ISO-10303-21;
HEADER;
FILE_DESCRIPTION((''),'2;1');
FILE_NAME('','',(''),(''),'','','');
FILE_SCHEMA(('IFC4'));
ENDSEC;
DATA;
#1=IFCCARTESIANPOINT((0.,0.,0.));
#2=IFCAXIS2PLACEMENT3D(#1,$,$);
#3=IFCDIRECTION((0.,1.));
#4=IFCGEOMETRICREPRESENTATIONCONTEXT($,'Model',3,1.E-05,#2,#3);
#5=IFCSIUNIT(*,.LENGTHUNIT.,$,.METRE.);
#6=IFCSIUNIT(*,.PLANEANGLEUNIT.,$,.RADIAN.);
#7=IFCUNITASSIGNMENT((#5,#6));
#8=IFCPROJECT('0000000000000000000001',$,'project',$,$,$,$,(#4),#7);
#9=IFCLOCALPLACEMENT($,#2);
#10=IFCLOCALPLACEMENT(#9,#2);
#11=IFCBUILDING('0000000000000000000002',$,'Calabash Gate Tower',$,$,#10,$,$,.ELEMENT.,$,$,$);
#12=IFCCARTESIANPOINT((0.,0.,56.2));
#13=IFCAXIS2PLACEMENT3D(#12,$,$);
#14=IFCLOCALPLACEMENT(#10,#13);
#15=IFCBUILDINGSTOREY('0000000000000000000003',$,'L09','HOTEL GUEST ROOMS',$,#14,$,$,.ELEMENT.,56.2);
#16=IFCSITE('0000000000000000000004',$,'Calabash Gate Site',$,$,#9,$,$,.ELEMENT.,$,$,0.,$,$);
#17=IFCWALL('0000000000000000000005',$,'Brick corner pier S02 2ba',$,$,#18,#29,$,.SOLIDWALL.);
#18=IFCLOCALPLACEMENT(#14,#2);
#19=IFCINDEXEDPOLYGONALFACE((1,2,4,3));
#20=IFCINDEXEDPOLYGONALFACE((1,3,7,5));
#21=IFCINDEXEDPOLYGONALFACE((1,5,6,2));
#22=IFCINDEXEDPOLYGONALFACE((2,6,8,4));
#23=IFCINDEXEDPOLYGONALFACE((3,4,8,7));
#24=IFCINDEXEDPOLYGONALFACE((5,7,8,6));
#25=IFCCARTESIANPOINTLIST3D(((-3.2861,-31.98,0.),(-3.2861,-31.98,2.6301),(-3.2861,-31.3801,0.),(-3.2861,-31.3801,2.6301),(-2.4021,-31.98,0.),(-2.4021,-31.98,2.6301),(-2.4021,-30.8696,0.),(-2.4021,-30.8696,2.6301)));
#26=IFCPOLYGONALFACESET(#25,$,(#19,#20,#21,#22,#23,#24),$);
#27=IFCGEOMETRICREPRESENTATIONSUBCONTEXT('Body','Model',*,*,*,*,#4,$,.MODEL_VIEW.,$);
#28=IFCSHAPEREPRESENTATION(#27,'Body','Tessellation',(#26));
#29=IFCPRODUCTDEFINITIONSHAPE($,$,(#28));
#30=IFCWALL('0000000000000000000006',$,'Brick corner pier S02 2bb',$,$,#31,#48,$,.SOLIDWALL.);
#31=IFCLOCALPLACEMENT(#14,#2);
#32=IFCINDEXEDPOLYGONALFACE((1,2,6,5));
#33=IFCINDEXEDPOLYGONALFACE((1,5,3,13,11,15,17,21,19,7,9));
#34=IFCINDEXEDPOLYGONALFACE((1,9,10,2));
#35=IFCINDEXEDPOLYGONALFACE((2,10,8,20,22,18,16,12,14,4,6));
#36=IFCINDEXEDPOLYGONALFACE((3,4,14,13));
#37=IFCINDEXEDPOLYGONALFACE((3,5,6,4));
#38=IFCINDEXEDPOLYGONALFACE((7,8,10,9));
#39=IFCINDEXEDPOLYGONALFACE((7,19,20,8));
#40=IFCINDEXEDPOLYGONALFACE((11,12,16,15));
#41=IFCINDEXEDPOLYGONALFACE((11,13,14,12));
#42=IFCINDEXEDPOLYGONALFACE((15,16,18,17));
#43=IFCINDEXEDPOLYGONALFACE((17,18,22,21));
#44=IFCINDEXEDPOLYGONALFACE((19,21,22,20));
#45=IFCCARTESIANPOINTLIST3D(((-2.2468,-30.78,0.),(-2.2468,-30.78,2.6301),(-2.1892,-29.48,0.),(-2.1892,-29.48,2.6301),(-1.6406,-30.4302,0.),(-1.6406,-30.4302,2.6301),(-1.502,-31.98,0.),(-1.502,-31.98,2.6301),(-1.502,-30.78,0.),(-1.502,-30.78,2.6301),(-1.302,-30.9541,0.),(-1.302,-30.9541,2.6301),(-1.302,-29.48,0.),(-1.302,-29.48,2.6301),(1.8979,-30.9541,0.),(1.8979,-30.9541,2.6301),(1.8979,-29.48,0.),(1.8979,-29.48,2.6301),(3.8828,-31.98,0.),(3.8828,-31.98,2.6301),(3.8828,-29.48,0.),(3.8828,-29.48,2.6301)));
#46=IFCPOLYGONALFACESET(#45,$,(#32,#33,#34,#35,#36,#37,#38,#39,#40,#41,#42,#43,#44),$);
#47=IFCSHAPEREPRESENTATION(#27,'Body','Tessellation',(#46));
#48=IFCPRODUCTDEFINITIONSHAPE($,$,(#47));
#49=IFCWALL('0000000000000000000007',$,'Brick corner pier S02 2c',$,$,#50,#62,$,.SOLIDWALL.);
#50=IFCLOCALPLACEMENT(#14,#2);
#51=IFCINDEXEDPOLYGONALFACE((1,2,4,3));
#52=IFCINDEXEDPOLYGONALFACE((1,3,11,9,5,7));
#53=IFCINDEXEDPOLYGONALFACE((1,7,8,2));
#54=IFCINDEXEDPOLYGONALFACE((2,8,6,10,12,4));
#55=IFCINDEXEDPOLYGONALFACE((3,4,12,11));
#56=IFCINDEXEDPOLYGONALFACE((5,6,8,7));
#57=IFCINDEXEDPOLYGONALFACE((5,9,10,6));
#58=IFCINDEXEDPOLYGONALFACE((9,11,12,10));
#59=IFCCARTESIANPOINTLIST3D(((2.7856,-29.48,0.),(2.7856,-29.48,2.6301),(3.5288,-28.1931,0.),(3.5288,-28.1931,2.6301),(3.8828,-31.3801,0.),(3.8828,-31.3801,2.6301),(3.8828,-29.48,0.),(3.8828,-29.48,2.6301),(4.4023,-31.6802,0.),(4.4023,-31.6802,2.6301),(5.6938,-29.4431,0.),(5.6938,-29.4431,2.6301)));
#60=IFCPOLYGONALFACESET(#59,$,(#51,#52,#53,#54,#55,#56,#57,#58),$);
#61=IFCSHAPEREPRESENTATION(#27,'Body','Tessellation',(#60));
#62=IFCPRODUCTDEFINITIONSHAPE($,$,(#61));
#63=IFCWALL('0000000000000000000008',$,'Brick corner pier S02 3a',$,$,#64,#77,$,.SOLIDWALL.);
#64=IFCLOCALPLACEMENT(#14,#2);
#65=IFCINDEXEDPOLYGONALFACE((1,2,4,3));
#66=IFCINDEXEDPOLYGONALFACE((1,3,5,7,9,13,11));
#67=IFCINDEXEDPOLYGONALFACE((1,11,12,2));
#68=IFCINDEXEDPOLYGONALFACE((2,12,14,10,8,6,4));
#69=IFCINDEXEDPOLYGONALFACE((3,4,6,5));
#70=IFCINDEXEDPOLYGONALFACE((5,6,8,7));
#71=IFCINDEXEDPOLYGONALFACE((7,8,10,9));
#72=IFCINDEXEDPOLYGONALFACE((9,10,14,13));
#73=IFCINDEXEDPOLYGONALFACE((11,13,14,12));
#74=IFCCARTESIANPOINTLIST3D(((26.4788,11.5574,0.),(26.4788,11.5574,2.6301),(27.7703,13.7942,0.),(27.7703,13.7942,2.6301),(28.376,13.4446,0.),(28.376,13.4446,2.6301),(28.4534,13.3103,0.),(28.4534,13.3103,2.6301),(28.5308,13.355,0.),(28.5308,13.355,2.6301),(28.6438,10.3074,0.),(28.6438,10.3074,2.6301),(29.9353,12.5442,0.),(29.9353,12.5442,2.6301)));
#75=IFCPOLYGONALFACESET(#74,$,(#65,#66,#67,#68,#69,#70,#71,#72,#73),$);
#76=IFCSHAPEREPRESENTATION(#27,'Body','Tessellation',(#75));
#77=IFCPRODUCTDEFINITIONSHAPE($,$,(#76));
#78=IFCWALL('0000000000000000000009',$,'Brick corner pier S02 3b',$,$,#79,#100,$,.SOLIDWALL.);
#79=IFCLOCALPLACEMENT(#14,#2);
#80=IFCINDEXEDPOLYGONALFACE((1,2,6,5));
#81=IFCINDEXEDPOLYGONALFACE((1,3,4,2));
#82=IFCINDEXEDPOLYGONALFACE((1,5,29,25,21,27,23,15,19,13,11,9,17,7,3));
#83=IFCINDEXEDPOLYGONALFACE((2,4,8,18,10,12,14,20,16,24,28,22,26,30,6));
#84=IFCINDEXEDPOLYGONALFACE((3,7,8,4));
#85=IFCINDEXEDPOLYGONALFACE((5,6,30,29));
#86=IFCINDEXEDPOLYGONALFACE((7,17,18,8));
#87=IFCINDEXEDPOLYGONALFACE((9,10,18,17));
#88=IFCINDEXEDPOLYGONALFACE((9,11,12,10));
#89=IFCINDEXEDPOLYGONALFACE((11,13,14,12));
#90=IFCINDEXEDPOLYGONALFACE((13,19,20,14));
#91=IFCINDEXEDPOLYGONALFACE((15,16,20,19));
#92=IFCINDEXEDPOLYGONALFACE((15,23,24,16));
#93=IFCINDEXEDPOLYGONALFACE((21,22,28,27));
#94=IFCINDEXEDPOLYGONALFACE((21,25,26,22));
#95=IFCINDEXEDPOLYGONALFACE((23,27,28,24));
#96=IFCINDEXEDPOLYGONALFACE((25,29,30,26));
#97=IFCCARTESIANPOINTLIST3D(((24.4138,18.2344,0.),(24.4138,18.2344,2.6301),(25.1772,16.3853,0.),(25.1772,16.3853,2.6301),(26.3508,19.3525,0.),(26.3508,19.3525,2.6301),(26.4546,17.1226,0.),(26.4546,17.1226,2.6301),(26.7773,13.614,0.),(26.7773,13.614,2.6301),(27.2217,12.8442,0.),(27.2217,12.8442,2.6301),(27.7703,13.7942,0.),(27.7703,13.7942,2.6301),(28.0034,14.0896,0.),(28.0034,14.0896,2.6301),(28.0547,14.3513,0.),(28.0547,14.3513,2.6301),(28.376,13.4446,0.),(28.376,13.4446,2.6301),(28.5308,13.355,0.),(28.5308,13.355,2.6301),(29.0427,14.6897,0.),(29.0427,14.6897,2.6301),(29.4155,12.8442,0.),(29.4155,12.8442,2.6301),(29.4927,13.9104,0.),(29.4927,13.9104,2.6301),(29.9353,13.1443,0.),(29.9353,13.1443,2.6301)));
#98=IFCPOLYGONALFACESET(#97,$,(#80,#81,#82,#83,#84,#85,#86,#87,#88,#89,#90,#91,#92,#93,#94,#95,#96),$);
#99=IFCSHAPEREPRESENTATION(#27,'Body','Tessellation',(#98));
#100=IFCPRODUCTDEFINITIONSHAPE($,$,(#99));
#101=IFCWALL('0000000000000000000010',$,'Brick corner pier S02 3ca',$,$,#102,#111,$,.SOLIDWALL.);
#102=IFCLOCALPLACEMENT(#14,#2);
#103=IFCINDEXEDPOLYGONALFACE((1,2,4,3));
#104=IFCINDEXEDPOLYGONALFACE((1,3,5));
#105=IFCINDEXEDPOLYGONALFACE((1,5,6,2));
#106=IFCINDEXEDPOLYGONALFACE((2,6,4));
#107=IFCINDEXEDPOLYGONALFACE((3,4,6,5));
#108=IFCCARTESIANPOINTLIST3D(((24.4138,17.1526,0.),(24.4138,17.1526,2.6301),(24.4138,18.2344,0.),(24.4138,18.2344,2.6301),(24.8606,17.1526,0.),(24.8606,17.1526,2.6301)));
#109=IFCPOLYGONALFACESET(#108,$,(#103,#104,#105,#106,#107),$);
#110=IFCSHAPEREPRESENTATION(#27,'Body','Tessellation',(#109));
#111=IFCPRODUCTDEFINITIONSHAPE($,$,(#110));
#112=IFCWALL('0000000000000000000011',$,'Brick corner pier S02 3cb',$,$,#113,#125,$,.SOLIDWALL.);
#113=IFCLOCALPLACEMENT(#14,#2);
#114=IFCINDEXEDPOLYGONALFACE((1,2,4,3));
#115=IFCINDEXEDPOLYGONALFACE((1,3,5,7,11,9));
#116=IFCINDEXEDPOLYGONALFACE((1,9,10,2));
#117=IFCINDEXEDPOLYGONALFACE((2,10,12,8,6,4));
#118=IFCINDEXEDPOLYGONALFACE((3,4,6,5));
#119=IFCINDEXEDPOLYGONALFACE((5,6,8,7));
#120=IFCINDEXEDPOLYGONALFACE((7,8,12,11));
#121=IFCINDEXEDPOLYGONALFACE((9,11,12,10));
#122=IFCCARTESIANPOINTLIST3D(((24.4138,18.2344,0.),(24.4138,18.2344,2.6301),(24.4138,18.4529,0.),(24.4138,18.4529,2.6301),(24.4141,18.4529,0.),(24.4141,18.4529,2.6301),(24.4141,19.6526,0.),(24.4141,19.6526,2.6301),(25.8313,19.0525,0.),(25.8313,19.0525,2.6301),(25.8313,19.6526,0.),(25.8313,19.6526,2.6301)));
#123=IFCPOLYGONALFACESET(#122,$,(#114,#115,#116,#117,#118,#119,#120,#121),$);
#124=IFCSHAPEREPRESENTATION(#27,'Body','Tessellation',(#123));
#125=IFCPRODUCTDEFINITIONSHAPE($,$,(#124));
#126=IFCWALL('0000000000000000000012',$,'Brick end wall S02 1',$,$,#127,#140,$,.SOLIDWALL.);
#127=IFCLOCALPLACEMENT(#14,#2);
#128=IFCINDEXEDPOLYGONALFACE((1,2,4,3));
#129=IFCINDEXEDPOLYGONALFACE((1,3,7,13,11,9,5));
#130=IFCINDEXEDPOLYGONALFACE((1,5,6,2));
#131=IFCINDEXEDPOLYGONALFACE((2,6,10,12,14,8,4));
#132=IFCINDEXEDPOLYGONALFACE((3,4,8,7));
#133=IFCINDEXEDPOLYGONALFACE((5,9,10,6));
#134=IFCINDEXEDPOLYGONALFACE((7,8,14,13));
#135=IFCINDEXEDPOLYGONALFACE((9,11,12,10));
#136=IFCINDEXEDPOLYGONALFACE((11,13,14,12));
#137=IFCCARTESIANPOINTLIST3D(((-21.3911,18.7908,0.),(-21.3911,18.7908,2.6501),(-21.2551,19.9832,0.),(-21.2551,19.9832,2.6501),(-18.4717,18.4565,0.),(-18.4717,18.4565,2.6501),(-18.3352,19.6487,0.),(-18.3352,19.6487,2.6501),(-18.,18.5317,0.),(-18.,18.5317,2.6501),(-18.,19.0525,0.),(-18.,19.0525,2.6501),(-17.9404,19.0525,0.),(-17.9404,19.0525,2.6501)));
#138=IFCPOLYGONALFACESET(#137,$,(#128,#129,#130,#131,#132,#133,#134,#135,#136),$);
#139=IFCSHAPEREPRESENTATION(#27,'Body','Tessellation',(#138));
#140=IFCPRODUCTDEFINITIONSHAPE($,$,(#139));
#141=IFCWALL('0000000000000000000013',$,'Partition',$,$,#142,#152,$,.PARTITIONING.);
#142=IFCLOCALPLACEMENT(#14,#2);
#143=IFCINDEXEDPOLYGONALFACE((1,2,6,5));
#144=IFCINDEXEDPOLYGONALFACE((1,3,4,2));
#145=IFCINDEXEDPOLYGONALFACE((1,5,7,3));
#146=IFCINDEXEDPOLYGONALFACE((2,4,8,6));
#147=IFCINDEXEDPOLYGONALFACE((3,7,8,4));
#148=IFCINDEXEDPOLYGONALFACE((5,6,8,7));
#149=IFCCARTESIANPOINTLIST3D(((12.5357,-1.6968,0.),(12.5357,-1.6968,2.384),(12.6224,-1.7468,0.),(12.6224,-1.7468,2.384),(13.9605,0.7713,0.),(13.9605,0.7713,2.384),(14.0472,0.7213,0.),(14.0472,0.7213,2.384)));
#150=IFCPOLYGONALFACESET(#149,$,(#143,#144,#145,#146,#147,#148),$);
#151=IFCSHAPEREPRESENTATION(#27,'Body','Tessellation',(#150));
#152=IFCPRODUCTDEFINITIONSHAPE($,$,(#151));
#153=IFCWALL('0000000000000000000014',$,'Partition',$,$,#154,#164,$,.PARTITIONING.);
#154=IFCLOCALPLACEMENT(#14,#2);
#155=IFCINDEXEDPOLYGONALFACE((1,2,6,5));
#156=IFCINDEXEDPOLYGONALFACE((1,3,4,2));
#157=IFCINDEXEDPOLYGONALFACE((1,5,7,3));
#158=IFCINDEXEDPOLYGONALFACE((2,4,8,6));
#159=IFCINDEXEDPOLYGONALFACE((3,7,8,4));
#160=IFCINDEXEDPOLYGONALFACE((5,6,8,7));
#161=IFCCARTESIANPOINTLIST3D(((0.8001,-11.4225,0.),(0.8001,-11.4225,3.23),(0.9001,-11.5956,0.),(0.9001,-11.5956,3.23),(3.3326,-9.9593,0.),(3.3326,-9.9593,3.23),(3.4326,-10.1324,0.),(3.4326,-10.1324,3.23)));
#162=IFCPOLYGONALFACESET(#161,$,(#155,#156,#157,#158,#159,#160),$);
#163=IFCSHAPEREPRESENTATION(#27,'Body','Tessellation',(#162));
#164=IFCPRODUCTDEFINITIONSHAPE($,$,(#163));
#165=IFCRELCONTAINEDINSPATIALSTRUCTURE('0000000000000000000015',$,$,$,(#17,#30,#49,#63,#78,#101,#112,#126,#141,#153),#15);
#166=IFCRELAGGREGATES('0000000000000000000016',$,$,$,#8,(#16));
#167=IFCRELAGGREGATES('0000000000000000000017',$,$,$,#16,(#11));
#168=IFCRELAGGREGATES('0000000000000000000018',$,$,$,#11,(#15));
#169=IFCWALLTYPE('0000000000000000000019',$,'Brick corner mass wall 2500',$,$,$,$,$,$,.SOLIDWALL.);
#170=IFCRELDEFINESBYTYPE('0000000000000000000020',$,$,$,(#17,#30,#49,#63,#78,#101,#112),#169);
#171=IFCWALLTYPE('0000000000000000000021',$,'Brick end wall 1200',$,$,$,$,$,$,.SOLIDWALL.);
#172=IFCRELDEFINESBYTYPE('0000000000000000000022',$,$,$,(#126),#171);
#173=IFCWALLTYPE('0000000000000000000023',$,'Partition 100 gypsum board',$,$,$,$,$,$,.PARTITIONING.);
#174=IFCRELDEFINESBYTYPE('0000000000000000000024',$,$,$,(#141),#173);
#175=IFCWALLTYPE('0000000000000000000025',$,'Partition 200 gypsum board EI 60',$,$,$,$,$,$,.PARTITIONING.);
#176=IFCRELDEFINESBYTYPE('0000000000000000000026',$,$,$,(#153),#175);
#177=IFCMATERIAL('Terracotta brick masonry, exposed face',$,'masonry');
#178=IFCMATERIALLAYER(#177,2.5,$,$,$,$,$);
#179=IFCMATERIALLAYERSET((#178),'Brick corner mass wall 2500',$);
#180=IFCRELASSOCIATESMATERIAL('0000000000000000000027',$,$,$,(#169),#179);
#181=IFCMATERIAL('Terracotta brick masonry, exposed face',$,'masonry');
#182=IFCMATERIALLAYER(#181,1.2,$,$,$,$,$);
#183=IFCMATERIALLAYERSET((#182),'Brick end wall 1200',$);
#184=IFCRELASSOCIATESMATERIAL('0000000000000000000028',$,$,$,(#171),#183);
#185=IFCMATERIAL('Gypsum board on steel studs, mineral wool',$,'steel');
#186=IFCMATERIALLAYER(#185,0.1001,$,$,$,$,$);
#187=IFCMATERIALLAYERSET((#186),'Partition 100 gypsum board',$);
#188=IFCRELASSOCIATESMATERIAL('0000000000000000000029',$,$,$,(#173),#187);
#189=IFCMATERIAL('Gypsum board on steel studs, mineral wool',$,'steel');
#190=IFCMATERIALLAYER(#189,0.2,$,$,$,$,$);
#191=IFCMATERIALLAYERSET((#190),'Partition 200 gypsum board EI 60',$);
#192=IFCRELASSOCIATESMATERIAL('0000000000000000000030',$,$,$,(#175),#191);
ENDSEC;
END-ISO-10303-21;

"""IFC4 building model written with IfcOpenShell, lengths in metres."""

from ifc_helpers import new_model, si_unit, direction, frame, frame_2d, origin, place, context, subcontext, project, spatial, polyline, rectangle, outline, extrude, material, layer, layer_set, type_object, element, save


model = new_model("IFC4")

# Units and contexts
model_context = context("Model", 3, precision=1e-05, world=origin(), true_north=direction((0.0, 1.0)))
body_context = subcontext(model_context, "Body", "Model", "MODEL_VIEW")
ifc_project = project(units=[si_unit("LENGTHUNIT", "METRE"), si_unit("PLANEANGLEUNIT", "RADIAN")], contexts=[model_context])

# Site, building, storey
site_placement = place(None, origin())
site = spatial("IfcSite", under=ifc_project, at=site_placement, Name="Calabash Gate Site", CompositionType="ELEMENT", RefElevation=0.0)
building_placement = place(site_placement, origin())
building = spatial("IfcBuilding", under=site, at=building_placement, Name="Calabash Gate Tower", CompositionType="ELEMENT")
storey_placement = place(building_placement, frame((0.0, 0.0, 56.2)))
storey = spatial("IfcBuildingStorey", under=building, at=storey_placement, Name="L09", Description="HOTEL GUEST ROOMS", CompositionType="ELEMENT", Elevation=56.2)

# Walls
ifc_material_1 = material(Name="Terracotta brick masonry, exposed face", Category="masonry")
ifc_layer_1 = layer(ifc_material_1, 2.5)
ifc_layer_set_1 = layer_set([ifc_layer_1], Name="Brick corner mass wall 2500")
wall_type_1 = type_object("IfcWallType", Name="Brick corner mass wall 2500", PredefinedType="SOLIDWALL", material=ifc_layer_set_1)
wall_1_placement = place(storey_placement, origin())
element("IfcWall", 1, at=wall_1_placement, inside=storey, type_object=wall_type_1, Name="Brick corner pier S02 2ba", PredefinedType="SOLIDWALL", context=body_context, shape_type="SweptSolid", body=[
    extrude(outline(polyline([(-3.2861, -31.3801), (-3.2861, -31.98), (-2.4021, -31.98), (-2.4021, -30.8696), (-3.2861, -31.3801)])), origin(), (0.0, 0.0, 1.0), 2.6301),
])
wall_2_placement = place(storey_placement, origin())
element("IfcWall", 2, at=wall_2_placement, inside=storey, type_object=wall_type_1, Name="Brick corner pier S02 2bb", PredefinedType="SOLIDWALL", context=body_context, shape_type="SweptSolid", body=[
    extrude(outline(polyline([(-1.502, -30.78), (-1.502, -31.98), (3.8828, -31.98), (3.8828, -29.48), (1.8979, -29.48), (1.8979, -30.9541), (-1.302, -30.9541), (-1.302, -29.48), (-2.1892, -29.48), (-1.6406, -30.4302), (-2.2468, -30.78), (-1.502, -30.78)])), origin(), (0.0, 0.0, 1.0), 2.6301),
])
wall_3_placement = place(storey_placement, origin())
element("IfcWall", 3, at=wall_3_placement, inside=storey, type_object=wall_type_1, Name="Brick corner pier S02 2c", PredefinedType="SOLIDWALL", context=body_context, shape_type="SweptSolid", body=[
    extrude(outline(polyline([(5.6938, -29.4431), (3.5288, -28.1931), (2.7856, -29.48), (3.8828, -29.48), (3.8828, -31.3801), (4.4023, -31.6802), (5.6938, -29.4431)])), origin(), (0.0, 0.0, 1.0), 2.6301),
])
wall_4_placement = place(storey_placement, origin())
element("IfcWall", 4, at=wall_4_placement, inside=storey, type_object=wall_type_1, Name="Brick corner pier S02 3a", PredefinedType="SOLIDWALL", context=body_context, shape_type="SweptSolid", body=[
    extrude(outline(polyline([(26.4788, 11.5574), (28.6438, 10.3074), (29.9353, 12.5442), (28.5308, 13.355), (28.4534, 13.3103), (28.376, 13.4446), (27.7703, 13.7942), (26.4788, 11.5574)])), origin(), (0.0, 0.0, 1.0), 2.6301),
])
wall_5_placement = place(storey_placement, origin())
element("IfcWall", 5, at=wall_5_placement, inside=storey, type_object=wall_type_1, Name="Brick corner pier S02 3b", PredefinedType="SOLIDWALL", context=body_context, shape_type="SweptSolid", body=[
    extrude(outline(polyline([(27.2217, 12.8442), (27.7703, 13.7942), (28.376, 13.4446), (28.0034, 14.0896), (29.0427, 14.6897), (29.4927, 13.9104), (28.5308, 13.355), (29.4155, 12.8442), (29.9353, 13.1443), (26.3508, 19.3525), (24.4138, 18.2344), (25.1772, 16.3853), (26.4546, 17.1226), (28.0547, 14.3513), (26.7773, 13.614), (27.2217, 12.8442)])), origin(), (0.0, 0.0, 1.0), 2.6301),
])
wall_6_placement = place(storey_placement, origin())
element("IfcWall", 6, at=wall_6_placement, inside=storey, type_object=wall_type_1, Name="Brick corner pier S02 3ca", PredefinedType="SOLIDWALL", context=body_context, shape_type="SweptSolid", body=[
    extrude(outline(polyline([(24.4138, 17.1526), (24.8606, 17.1526), (24.4138, 18.2344), (24.4138, 17.1526)])), origin(), (0.0, 0.0, 1.0), 2.6301),
])
wall_7_placement = place(storey_placement, origin())
element("IfcWall", 7, at=wall_7_placement, inside=storey, type_object=wall_type_1, Name="Brick corner pier S02 3cb", PredefinedType="SOLIDWALL", context=body_context, shape_type="SweptSolid", body=[
    extrude(outline(polyline([(24.4141, 19.6526), (24.4141, 18.4529), (24.4138, 18.4529), (24.4138, 18.2344), (25.8313, 19.0525), (25.8313, 19.6526), (24.4141, 19.6526)])), origin(), (0.0, 0.0, 1.0), 2.6301),
])
ifc_material_2 = material(Name="Terracotta brick masonry, exposed face", Category="masonry")
ifc_layer_2 = layer(ifc_material_2, 1.2)
ifc_layer_set_2 = layer_set([ifc_layer_2], Name="Brick end wall 1200")
wall_type_2 = type_object("IfcWallType", Name="Brick end wall 1200", PredefinedType="SOLIDWALL", material=ifc_layer_set_2)
wall_8_placement = place(storey_placement, origin())
element("IfcWall", 8, at=wall_8_placement, inside=storey, type_object=wall_type_2, Name="Brick end wall S02 1", PredefinedType="SOLIDWALL", context=body_context, shape_type="SweptSolid", body=[
    extrude(outline(polyline([(-21.2551, 19.9832), (-21.3911, 18.7908), (-18.4717, 18.4565), (-18.0, 18.5317), (-18.0, 19.0525), (-17.9404, 19.0525), (-18.3352, 19.6487), (-21.2551, 19.9832)])), origin(), (0.0, 0.0, 1.0), 2.6501),
])
ifc_material_3 = material(Name="Gypsum board on steel studs, mineral wool", Category="steel")
ifc_layer_3 = layer(ifc_material_3, 0.1001)
ifc_layer_set_3 = layer_set([ifc_layer_3], Name="Partition 100 gypsum board")
wall_type_3 = type_object("IfcWallType", Name="Partition 100 gypsum board", PredefinedType="PARTITIONING", material=ifc_layer_set_3)
wall_9_placement = place(storey_placement, frame((12.5791, -1.7217, 0.0), z_axis=(0.0, 0.0, 1.0), x_axis=(0.499972, 0.866041, 0.0)))
element("IfcWall", 9, at=wall_9_placement, inside=storey, type_object=wall_type_3, Name="Partition", PredefinedType="PARTITIONING", context=body_context, shape_type="SweptSolid", body=[
    extrude(rectangle(XDim=2.8499, YDim=0.1001, at=frame_2d((1.4248, 0.0))), origin(), (0.0, 0.0, 1.0), 2.384),
])
ifc_material_4 = material(Name="Gypsum board on steel studs, mineral wool", Category="steel")
ifc_layer_4 = layer(ifc_material_4, 0.2)
ifc_layer_set_4 = layer_set([ifc_layer_4], Name="Partition 200 gypsum board EI 60")
wall_type_4 = type_object("IfcWallType", Name="Partition 200 gypsum board EI 60", PredefinedType="PARTITIONING", material=ifc_layer_set_4)
wall_10_placement = place(storey_placement, frame((0.8501, -11.509, 0.0), z_axis=(0.0, 0.0, 1.0), x_axis=(0.865876, 0.50026, 0.0)))
element("IfcWall", 10, at=wall_10_placement, inside=storey, type_object=wall_type_4, Name="Partition", PredefinedType="PARTITIONING", context=body_context, shape_type="SweptSolid", body=[
    extrude(rectangle(XDim=2.9248, YDim=0.2, at=frame_2d((1.4624, 0.0))), origin(), (0.0, 0.0, 1.0), 3.23),
])

save(model, "model.ifc")
